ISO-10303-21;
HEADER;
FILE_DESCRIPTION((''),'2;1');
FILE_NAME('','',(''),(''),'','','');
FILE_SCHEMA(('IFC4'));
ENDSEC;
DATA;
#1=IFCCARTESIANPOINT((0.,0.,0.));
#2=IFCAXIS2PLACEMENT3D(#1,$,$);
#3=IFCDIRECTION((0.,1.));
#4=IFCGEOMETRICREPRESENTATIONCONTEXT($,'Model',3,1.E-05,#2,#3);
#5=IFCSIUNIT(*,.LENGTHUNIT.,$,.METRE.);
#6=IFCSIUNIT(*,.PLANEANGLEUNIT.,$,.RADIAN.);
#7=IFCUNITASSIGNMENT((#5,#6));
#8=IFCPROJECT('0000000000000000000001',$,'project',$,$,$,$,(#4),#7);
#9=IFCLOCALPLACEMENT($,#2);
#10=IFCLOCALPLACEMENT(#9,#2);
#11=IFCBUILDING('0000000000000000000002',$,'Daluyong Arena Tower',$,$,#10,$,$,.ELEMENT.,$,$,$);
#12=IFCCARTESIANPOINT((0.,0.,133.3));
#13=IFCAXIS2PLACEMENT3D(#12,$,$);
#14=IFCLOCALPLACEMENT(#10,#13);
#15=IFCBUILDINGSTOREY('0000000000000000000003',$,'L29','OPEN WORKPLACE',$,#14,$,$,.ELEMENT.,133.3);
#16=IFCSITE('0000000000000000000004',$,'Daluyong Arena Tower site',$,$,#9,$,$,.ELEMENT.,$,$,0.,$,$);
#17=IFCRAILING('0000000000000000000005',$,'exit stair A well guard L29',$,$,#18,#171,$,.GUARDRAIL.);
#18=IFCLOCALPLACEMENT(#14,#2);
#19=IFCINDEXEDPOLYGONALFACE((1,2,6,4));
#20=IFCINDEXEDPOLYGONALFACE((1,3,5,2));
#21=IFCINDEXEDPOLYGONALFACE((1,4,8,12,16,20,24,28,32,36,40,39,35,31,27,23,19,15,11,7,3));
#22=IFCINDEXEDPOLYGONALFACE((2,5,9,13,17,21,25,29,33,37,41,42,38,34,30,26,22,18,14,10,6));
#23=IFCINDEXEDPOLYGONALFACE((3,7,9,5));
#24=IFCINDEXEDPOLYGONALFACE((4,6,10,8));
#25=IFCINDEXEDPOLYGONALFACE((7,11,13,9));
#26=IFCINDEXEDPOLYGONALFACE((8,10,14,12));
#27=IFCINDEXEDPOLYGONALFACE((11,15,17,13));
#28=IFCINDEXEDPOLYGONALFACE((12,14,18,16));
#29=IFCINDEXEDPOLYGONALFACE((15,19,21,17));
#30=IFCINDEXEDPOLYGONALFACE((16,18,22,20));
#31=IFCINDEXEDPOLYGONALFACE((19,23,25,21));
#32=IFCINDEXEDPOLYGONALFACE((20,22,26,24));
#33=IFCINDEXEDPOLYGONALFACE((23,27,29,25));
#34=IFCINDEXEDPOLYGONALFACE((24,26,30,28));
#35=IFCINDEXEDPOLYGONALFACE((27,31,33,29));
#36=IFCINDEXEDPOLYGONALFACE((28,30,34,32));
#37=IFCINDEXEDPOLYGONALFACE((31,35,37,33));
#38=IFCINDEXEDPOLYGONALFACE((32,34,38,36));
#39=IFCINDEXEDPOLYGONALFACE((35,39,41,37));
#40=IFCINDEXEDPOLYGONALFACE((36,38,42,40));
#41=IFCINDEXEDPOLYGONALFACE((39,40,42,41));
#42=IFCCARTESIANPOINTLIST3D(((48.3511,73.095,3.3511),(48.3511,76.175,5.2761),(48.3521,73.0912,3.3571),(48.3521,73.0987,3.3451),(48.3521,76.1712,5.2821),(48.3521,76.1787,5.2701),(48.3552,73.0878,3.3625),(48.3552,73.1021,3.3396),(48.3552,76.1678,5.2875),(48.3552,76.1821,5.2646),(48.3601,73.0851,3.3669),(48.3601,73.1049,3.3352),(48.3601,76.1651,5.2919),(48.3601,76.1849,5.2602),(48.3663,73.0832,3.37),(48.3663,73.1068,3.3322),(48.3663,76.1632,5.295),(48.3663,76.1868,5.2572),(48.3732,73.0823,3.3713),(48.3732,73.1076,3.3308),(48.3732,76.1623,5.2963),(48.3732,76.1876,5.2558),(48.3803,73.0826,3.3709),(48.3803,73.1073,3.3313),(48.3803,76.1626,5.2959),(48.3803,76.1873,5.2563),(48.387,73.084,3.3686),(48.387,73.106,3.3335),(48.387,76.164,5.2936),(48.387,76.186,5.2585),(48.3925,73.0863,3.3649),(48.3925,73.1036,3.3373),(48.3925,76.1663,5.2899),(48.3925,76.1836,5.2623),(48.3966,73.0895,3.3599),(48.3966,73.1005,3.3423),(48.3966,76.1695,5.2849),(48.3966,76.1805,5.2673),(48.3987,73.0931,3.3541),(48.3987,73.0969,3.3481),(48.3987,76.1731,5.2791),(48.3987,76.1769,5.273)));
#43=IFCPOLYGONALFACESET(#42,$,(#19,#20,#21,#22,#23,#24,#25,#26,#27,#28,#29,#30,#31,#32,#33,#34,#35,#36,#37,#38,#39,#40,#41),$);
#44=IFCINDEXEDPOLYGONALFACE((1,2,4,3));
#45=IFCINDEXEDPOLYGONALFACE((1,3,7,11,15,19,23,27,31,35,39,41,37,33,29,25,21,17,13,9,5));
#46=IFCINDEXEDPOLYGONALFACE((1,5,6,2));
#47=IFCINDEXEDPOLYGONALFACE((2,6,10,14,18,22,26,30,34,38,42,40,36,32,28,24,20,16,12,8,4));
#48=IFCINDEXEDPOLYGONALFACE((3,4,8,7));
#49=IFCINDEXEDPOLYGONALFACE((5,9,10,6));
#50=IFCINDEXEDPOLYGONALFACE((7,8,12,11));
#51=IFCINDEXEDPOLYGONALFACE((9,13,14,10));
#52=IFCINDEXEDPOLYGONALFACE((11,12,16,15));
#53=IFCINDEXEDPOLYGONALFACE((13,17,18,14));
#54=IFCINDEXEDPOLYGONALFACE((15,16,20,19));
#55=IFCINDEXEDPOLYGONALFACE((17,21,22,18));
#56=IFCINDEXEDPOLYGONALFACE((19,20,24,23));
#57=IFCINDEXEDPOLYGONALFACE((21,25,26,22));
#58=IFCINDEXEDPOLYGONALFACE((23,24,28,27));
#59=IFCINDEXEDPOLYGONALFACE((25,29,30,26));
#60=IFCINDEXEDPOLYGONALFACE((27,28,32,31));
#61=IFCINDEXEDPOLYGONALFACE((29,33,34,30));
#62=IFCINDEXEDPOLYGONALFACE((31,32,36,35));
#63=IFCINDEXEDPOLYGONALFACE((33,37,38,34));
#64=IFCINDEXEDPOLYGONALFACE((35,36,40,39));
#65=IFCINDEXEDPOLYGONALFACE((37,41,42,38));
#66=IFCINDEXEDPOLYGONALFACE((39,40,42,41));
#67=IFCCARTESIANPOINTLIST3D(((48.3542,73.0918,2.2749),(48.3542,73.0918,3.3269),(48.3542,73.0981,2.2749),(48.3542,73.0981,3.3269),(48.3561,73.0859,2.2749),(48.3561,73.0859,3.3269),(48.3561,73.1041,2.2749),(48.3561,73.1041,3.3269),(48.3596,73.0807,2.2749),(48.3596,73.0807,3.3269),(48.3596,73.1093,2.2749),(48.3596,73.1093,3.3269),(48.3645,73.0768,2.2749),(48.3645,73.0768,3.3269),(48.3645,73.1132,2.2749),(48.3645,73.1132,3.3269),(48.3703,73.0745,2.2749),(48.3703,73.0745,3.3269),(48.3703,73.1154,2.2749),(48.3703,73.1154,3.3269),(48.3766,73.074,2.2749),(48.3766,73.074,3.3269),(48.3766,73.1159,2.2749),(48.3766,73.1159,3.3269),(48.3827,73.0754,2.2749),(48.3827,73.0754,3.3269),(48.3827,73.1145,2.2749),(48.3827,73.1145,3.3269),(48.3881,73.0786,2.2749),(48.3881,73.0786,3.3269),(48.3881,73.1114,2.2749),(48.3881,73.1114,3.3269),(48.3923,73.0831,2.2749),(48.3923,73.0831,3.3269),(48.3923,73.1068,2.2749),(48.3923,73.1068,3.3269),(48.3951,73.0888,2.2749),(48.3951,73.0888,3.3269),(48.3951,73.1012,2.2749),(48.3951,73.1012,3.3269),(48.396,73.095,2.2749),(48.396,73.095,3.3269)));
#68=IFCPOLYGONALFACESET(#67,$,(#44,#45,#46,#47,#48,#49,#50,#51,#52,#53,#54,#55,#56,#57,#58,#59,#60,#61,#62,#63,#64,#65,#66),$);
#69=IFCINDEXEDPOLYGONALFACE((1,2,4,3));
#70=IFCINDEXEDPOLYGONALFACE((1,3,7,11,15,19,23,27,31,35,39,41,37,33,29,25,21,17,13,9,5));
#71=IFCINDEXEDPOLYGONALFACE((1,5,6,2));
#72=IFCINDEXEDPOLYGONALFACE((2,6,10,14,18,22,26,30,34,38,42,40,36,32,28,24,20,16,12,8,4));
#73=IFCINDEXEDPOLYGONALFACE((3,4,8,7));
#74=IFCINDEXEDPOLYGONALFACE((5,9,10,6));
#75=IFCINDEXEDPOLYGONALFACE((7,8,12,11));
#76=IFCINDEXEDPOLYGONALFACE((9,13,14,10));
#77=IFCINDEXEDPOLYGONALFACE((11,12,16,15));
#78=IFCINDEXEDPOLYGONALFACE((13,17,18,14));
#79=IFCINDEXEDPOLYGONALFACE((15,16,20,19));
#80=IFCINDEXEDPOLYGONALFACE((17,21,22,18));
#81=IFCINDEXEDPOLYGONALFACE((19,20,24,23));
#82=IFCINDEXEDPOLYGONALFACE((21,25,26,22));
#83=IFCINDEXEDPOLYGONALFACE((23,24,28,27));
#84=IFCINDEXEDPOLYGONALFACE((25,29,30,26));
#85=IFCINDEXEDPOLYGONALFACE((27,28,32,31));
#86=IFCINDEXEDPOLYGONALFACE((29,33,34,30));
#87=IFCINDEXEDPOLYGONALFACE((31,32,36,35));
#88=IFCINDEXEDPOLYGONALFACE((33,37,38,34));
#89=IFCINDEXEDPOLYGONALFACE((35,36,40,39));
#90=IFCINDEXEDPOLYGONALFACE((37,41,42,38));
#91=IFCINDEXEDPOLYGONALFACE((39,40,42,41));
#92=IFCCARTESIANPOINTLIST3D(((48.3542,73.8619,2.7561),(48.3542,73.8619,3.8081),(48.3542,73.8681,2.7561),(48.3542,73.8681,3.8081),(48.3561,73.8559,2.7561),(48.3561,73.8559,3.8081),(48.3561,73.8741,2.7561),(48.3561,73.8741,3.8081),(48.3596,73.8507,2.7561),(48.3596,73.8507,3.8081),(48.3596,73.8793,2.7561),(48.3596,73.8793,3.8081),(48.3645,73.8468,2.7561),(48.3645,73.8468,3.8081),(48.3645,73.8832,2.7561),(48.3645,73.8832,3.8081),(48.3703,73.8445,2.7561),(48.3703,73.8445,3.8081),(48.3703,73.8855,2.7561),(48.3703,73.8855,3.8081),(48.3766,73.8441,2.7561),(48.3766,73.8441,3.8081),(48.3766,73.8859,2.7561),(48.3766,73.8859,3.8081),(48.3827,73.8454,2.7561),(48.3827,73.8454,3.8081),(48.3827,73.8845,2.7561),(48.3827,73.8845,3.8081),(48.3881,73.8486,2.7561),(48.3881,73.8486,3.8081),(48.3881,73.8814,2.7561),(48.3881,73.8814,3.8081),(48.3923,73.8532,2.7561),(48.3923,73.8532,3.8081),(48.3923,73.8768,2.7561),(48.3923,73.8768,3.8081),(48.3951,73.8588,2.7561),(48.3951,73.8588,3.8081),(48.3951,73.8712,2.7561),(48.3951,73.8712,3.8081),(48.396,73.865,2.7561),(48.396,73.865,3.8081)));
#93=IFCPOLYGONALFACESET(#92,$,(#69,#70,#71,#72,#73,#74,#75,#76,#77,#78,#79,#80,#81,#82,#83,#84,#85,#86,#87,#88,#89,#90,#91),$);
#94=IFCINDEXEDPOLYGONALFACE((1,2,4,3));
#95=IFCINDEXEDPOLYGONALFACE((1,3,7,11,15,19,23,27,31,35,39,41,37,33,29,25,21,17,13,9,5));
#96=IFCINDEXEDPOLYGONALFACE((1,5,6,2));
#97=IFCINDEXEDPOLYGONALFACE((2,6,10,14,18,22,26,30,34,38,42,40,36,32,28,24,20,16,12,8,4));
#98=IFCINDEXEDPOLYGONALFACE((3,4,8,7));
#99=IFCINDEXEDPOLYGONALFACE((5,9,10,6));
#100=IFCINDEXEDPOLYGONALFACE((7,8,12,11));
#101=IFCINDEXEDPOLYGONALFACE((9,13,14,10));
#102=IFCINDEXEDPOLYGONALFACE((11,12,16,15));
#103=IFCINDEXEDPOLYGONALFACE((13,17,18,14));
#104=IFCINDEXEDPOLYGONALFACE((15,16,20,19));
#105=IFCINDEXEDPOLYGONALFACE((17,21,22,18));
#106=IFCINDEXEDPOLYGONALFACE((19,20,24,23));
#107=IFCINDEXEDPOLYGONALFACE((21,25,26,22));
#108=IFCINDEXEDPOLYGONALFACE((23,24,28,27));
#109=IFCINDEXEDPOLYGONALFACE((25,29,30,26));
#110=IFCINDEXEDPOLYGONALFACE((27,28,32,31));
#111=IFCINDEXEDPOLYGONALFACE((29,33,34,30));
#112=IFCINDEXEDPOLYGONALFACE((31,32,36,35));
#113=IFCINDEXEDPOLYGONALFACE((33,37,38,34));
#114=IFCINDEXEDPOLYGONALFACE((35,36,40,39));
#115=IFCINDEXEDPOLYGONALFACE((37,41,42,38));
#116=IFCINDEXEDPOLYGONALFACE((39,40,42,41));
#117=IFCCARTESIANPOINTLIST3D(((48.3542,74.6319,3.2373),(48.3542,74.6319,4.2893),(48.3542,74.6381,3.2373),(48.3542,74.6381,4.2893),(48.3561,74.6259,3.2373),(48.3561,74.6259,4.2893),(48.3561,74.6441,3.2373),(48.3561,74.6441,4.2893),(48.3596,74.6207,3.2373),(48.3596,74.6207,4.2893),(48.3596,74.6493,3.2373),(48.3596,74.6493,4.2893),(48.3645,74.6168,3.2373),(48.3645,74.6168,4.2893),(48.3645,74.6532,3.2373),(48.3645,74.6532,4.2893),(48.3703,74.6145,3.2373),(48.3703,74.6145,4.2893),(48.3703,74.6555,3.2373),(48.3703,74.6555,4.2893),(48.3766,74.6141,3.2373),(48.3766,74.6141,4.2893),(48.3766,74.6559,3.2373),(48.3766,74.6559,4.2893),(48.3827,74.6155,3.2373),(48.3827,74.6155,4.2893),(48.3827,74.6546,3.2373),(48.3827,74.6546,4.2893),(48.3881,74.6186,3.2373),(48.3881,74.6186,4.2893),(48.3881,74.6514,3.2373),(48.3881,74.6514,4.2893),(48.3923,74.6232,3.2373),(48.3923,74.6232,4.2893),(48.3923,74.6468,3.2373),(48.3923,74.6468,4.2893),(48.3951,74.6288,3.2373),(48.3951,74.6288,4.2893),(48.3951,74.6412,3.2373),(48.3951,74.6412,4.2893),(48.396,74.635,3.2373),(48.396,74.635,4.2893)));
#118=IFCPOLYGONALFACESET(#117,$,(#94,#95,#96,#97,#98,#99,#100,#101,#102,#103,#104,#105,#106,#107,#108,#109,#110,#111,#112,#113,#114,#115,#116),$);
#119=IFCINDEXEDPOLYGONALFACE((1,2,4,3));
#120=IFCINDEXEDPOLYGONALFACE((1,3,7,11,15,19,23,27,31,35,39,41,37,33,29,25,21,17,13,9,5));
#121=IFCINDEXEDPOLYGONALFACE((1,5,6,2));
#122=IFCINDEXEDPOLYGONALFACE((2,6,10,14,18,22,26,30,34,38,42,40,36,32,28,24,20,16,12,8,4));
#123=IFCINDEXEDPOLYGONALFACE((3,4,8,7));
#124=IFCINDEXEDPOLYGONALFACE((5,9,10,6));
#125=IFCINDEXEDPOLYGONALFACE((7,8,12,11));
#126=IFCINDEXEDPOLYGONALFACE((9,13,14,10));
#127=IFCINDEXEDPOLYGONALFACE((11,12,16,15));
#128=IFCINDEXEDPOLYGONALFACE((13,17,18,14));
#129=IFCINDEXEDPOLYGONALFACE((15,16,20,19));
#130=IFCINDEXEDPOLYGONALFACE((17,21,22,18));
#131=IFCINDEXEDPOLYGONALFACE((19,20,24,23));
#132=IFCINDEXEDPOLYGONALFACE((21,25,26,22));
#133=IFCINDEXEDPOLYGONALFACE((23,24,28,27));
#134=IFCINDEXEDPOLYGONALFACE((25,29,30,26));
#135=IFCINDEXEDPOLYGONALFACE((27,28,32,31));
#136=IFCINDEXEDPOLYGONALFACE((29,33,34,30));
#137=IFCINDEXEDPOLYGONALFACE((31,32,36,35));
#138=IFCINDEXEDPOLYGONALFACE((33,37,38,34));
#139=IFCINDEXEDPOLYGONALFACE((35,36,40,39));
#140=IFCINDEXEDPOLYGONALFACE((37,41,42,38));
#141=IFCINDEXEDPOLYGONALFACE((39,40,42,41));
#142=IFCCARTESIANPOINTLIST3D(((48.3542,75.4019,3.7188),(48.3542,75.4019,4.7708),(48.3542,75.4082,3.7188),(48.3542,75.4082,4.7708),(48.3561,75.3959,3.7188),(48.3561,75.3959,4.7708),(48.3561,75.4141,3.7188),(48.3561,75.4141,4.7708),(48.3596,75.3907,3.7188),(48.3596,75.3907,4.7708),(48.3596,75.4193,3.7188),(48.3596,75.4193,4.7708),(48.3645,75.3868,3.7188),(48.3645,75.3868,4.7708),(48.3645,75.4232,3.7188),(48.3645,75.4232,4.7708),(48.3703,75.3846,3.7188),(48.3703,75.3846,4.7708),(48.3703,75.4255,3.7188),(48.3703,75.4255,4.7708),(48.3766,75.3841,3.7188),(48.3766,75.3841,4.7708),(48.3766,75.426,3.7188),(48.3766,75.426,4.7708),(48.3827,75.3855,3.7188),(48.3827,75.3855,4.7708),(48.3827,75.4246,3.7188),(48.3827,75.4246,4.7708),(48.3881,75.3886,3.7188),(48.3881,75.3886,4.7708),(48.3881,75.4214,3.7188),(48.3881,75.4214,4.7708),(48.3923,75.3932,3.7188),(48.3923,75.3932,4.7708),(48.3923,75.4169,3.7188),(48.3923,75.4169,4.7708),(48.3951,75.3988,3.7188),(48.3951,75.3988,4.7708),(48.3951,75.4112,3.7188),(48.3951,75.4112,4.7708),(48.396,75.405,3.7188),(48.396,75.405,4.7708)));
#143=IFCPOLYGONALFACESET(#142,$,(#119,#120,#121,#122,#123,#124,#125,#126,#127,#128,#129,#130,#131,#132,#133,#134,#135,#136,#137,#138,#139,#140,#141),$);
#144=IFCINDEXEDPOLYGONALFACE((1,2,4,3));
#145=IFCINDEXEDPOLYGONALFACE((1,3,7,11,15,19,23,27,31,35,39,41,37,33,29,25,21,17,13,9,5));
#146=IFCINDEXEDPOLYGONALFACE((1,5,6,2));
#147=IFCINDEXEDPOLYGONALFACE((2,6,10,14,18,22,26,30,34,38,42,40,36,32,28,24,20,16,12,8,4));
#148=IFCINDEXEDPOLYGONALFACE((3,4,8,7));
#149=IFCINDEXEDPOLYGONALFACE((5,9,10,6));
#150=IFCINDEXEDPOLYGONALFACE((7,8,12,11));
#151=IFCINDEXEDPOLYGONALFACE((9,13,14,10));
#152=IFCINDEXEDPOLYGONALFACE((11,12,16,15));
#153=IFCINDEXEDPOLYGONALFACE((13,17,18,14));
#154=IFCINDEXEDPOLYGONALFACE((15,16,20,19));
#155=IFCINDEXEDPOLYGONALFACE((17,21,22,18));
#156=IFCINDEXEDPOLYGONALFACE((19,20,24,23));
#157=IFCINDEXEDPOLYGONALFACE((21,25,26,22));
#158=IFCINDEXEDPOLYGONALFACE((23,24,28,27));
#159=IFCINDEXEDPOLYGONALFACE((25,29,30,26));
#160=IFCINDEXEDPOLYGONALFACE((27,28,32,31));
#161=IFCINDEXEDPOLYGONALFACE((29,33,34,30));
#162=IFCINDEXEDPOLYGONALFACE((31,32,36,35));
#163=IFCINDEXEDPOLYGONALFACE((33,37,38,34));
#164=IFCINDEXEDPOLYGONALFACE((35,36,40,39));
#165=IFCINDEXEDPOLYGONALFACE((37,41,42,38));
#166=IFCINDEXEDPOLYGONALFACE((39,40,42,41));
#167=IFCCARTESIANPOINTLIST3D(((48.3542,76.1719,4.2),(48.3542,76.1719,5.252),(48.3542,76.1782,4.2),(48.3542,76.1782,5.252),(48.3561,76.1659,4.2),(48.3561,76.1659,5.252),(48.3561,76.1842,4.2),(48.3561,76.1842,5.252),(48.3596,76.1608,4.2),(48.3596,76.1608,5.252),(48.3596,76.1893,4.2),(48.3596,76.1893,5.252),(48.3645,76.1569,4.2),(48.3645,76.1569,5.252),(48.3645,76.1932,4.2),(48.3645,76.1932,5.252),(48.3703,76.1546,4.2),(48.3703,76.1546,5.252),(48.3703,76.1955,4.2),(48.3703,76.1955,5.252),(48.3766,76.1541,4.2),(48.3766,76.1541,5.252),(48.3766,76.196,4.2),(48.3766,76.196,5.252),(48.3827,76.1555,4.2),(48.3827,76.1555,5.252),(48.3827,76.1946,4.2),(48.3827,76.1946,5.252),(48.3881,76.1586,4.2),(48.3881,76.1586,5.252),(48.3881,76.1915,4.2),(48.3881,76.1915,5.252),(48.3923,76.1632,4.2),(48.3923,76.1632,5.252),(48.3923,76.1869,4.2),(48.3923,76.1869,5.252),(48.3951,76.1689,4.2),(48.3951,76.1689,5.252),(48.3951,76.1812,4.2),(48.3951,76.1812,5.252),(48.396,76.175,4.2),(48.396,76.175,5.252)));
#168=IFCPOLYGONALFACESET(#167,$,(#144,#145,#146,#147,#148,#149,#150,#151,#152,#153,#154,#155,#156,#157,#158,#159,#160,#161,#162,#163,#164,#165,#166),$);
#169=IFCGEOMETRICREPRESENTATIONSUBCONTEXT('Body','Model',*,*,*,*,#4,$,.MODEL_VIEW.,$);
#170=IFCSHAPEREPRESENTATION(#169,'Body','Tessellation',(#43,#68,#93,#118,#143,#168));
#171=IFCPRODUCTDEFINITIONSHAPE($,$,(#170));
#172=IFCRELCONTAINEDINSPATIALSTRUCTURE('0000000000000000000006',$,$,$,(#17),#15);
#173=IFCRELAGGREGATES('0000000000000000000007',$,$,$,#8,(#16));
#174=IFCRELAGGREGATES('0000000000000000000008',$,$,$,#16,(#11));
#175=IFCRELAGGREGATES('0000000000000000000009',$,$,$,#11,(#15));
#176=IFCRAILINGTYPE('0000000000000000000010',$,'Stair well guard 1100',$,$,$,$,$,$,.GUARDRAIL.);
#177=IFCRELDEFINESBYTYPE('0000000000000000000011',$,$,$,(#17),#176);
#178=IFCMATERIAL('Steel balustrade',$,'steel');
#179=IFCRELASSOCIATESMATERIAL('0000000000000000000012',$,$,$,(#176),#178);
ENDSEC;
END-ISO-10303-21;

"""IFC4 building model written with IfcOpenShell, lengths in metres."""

from ifc_helpers import new_model, si_unit, direction, frame, origin, origin_2d, place, context, subcontext, project, spatial, circle, extrude, material, type_object, element, save


model = new_model("IFC4")

# Units and contexts
model_context = context("Model", 3, precision=1e-05, world=origin(), true_north=direction((0.0, 1.0)))
body_context = subcontext(model_context, "Body", "Model", "MODEL_VIEW")
ifc_project = project(units=[si_unit("LENGTHUNIT", "METRE"), si_unit("PLANEANGLEUNIT", "RADIAN")], contexts=[model_context])

# Site, building, storey
site_placement = place(None, origin())
site = spatial("IfcSite", under=ifc_project, at=site_placement, Name="Daluyong Arena Tower site", CompositionType="ELEMENT", RefElevation=0.0)
building_placement = place(site_placement, origin())
building = spatial("IfcBuilding", under=site, at=building_placement, Name="Daluyong Arena Tower", CompositionType="ELEMENT")
storey_placement = place(building_placement, frame((0.0, 0.0, 133.3)))
storey = spatial("IfcBuildingStorey", under=building, at=storey_placement, Name="L29", Description="OPEN WORKPLACE", CompositionType="ELEMENT", Elevation=133.3)

# Railing
ifc_material_1 = material(Name="Steel balustrade", Category="steel")
railing_type_1 = type_object("IfcRailingType", Name="Stair well guard 1100", PredefinedType="GUARDRAIL", material=ifc_material_1)
railing_1_placement = place(storey_placement, frame((48.375, 73.095, 2.2749)))
element("IfcRailing", 1, at=railing_1_placement, inside=storey, type_object=railing_type_1, Name="exit stair A well guard L29", PredefinedType="GUARDRAIL", context=body_context, shape_type="SweptSolid", body=[
    extrude(circle(Radius=0.0239, at=origin_2d()), frame((0.0, 0.0, 1.0762), z_axis=(0.0, 0.847998, 0.529999), x_axis=(-1.0, 0.0, 0.0)), (0.0, 0.0, 1.0), 3.6321),
    extrude(circle(Radius=0.021, at=origin_2d()), origin(), (0.0, 0.0, 1.0), 1.052),
    extrude(circle(Radius=0.021, at=origin_2d()), frame((0.0, 0.77, 0.4812)), (0.0, 0.0, 1.0), 1.052),
    extrude(circle(Radius=0.021, at=origin_2d()), frame((0.0, 1.54, 0.9624)), (0.0, 0.0, 1.0), 1.052),
    extrude(circle(Radius=0.021, at=origin_2d()), frame((0.0, 2.3101, 1.4438)), (0.0, 0.0, 1.0), 1.052),
    extrude(circle(Radius=0.021, at=origin_2d()), frame((0.0, 3.0801, 1.925)), (0.0, 0.0, 1.0), 1.052),
])

save(model, "model.ifc")
